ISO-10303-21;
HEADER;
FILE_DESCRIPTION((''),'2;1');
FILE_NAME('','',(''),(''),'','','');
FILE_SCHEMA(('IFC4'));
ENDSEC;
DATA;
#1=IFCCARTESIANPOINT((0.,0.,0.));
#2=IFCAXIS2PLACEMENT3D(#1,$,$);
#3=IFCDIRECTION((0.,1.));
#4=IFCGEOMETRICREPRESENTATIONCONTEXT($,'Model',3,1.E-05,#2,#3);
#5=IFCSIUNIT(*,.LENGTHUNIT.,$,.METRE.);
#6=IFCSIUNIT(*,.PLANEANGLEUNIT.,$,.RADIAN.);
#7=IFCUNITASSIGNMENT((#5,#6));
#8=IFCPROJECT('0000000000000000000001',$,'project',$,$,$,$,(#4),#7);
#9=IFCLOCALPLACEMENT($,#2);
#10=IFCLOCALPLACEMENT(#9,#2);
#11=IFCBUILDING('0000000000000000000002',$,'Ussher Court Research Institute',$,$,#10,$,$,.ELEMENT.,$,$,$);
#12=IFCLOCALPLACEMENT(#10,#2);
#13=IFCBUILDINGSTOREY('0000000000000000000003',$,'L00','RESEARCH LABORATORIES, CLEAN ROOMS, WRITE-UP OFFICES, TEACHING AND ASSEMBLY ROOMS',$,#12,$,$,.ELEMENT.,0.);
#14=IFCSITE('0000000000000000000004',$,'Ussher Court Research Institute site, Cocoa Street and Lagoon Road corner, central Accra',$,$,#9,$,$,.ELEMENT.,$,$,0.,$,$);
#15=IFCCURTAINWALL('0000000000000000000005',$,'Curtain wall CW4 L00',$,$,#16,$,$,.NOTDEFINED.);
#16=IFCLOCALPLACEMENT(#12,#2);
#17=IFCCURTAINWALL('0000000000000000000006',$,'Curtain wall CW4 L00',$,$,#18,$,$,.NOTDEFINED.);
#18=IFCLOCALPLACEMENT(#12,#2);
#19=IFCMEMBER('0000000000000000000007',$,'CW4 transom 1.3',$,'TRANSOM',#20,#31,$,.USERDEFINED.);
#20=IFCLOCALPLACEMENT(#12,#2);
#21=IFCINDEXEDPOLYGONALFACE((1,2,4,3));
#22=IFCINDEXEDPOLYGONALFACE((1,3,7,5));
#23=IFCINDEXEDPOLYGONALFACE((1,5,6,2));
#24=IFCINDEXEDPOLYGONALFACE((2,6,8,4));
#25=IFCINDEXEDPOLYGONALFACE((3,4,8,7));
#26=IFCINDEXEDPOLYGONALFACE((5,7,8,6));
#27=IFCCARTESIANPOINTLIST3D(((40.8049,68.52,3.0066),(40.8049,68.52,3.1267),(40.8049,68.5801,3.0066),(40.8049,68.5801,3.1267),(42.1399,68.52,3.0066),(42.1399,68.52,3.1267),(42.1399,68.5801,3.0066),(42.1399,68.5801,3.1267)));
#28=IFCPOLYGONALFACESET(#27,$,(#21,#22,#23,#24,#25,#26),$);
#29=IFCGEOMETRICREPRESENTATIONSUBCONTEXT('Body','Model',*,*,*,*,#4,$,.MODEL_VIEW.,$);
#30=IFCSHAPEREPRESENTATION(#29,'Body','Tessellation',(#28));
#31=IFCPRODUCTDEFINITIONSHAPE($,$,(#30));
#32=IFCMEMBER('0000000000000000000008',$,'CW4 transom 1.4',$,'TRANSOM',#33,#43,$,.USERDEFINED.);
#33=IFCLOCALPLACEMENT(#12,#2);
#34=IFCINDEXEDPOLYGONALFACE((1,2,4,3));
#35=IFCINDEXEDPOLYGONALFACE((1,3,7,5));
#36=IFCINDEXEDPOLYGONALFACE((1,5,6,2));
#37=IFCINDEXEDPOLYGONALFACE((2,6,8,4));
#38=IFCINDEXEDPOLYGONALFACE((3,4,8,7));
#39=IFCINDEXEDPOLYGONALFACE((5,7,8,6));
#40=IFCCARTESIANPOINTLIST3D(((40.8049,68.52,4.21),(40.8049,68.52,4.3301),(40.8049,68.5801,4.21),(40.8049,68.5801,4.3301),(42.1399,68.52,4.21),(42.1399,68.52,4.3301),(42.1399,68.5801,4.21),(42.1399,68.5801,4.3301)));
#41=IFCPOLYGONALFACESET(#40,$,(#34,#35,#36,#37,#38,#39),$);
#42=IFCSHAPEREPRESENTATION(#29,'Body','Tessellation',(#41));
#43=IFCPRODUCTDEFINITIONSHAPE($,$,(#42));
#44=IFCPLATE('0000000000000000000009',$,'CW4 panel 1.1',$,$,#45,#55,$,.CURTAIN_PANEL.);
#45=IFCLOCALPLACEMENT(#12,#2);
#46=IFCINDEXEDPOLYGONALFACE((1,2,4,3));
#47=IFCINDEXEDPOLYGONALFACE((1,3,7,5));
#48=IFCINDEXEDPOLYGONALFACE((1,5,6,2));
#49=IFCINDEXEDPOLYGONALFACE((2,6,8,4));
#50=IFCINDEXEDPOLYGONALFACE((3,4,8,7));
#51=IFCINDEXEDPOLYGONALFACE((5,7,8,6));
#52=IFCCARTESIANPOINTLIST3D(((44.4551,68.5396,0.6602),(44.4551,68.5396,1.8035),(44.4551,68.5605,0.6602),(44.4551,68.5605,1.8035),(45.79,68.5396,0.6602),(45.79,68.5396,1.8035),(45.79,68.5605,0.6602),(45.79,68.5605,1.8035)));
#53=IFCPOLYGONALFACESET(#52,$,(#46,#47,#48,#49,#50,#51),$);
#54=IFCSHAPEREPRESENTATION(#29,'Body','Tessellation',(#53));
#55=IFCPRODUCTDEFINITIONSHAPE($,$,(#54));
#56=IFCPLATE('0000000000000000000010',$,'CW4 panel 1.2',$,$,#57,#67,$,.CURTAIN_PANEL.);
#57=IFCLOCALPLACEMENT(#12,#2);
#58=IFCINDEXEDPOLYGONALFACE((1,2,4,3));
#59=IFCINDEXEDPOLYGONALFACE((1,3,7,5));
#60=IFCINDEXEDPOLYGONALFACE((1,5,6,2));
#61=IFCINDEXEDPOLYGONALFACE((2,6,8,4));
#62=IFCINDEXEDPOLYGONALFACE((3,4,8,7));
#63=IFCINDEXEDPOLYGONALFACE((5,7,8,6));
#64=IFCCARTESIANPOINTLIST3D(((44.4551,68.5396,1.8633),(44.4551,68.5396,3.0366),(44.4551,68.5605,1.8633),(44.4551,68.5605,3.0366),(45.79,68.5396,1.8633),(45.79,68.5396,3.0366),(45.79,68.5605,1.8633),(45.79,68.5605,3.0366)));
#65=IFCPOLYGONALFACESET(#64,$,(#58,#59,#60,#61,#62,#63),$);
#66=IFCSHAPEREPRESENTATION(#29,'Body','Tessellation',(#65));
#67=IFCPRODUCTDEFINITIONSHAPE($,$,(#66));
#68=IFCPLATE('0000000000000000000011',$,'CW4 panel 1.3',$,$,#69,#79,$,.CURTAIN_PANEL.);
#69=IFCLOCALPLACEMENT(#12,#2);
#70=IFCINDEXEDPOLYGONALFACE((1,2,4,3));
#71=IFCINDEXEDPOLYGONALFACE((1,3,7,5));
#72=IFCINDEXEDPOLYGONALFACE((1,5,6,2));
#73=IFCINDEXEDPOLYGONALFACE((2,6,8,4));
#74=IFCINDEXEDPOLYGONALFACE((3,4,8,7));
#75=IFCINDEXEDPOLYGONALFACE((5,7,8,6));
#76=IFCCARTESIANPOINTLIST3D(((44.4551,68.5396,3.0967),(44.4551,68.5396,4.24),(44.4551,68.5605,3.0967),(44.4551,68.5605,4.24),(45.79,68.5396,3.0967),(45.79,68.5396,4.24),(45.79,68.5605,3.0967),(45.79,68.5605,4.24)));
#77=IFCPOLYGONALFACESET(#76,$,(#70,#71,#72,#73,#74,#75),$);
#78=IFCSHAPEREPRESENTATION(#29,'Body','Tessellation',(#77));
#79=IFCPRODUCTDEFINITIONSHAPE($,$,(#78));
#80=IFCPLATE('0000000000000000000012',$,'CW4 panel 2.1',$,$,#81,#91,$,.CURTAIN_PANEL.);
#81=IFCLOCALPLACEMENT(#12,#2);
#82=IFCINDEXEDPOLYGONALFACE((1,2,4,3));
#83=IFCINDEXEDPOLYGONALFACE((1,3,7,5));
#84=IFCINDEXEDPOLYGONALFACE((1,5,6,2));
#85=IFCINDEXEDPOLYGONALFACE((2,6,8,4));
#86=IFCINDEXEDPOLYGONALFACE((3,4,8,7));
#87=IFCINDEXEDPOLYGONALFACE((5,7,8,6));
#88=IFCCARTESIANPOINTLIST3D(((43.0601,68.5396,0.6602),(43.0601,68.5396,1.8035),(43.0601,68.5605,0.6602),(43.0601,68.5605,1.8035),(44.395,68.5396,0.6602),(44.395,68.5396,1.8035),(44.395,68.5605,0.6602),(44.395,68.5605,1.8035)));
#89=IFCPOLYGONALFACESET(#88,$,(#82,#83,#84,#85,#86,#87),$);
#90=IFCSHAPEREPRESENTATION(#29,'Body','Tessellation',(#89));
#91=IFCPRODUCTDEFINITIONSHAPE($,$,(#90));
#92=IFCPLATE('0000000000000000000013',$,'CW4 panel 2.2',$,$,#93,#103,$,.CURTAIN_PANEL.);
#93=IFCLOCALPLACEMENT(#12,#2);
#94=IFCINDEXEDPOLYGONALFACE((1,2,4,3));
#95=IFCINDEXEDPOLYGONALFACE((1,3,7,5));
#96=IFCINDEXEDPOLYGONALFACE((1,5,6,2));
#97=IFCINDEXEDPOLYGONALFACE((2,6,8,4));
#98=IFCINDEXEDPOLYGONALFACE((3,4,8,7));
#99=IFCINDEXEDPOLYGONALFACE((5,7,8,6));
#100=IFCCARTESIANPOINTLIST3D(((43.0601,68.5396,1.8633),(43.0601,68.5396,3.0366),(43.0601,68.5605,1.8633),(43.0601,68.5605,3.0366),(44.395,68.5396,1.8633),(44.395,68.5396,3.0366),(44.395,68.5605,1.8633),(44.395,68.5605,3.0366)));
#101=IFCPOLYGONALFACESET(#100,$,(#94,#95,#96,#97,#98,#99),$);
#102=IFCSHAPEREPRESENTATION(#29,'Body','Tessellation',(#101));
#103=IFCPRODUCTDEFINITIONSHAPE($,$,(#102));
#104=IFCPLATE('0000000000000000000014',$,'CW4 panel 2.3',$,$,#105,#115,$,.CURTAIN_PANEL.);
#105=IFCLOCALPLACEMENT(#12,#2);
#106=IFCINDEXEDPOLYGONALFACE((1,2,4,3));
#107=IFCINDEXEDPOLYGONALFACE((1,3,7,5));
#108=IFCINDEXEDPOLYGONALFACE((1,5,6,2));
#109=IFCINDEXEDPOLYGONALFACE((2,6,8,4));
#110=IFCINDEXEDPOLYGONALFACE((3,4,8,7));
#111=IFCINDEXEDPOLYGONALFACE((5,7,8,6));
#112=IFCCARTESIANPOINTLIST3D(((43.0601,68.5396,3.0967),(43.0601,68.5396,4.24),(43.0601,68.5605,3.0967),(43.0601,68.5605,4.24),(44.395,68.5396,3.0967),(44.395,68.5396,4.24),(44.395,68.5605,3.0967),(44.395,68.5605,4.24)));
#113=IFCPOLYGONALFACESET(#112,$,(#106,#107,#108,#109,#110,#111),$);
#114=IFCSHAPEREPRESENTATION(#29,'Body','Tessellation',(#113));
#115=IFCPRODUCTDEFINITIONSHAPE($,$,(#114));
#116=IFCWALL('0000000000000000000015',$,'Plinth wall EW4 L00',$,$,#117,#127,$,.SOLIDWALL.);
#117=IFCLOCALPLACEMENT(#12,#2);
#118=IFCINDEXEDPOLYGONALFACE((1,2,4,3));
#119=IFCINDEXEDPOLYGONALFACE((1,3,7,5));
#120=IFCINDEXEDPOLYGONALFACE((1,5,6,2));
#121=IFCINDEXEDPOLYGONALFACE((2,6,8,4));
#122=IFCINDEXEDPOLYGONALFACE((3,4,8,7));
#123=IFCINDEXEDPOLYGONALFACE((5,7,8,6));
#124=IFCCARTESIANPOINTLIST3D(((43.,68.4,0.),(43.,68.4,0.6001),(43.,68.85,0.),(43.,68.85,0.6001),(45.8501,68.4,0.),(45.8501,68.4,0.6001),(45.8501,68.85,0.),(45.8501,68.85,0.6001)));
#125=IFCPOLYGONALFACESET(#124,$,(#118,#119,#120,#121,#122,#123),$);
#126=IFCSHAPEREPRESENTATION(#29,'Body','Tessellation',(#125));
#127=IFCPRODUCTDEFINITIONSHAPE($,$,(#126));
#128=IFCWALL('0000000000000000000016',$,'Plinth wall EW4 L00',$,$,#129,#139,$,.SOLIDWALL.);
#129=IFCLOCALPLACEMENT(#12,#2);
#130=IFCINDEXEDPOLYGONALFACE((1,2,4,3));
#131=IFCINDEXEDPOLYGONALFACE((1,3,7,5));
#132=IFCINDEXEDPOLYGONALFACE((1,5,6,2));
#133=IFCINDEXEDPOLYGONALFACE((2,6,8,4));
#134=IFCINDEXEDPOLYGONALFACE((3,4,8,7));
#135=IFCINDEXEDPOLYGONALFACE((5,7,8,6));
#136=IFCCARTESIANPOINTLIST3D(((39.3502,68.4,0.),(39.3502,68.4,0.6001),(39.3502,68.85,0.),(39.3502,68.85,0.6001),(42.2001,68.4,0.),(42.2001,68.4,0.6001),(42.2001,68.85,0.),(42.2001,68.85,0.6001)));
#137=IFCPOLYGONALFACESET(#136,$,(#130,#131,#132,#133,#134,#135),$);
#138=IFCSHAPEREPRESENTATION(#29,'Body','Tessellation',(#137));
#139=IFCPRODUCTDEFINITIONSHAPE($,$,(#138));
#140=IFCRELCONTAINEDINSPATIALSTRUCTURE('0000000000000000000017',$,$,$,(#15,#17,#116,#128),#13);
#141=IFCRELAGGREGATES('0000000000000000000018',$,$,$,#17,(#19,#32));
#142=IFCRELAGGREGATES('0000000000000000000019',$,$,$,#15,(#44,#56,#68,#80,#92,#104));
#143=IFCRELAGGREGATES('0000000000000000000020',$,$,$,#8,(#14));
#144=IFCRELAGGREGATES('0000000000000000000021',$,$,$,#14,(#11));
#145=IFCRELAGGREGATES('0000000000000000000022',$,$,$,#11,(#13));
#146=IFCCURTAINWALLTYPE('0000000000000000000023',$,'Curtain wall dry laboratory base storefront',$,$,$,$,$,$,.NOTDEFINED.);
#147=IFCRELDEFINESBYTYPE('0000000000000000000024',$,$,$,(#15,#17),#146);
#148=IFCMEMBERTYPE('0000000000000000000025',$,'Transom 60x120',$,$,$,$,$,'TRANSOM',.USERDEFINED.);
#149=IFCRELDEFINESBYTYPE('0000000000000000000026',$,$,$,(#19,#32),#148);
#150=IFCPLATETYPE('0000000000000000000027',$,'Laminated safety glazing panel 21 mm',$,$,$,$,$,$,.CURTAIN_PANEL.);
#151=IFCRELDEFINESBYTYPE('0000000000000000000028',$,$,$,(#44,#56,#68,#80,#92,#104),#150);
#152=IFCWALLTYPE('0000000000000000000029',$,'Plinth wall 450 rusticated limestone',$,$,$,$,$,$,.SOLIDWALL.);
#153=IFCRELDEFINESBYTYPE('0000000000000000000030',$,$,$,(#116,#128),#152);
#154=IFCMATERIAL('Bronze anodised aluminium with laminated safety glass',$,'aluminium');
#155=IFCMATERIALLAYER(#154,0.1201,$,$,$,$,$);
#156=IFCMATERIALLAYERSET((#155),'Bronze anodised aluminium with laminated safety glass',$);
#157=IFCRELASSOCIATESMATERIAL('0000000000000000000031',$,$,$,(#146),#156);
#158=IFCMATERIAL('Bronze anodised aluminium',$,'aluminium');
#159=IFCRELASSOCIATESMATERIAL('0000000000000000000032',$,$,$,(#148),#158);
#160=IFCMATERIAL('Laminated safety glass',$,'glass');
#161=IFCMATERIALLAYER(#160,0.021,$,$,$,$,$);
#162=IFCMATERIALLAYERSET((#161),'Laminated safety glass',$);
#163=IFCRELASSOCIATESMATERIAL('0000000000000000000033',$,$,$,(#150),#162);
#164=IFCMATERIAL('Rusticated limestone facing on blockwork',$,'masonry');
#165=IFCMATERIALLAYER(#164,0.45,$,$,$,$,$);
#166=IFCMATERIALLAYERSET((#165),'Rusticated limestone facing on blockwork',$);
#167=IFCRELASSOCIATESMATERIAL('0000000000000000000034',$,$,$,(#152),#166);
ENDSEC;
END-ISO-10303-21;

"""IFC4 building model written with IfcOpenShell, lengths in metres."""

from ifc_helpers import new_model, si_unit, direction, frame, frame_2d, origin, origin_2d, place, context, subcontext, project, spatial, rectangle, extrude, material, layer, layer_set, material_profile, profile_set, type_object, element, aggregate, save


model = new_model("IFC4")

# Units and contexts
model_context = context("Model", 3, precision=1e-05, world=origin(), true_north=direction((0.0, 1.0)))
body_context = subcontext(model_context, "Body", "Model", "MODEL_VIEW")
ifc_project = project(units=[si_unit("LENGTHUNIT", "METRE"), si_unit("PLANEANGLEUNIT", "RADIAN")], contexts=[model_context])

# Site, building, storey
site_placement = place(None, origin())
site = spatial("IfcSite", under=ifc_project, at=site_placement, Name="Ussher Court Research Institute site, Cocoa Street and Lagoon Road corner, central Accra", CompositionType="ELEMENT", RefElevation=0.0)
building_placement = place(site_placement, origin())
building = spatial("IfcBuilding", under=site, at=building_placement, Name="Ussher Court Research Institute", CompositionType="ELEMENT")
storey_placement = place(building_placement, origin())
storey = spatial("IfcBuildingStorey", under=building, at=storey_placement, Name="L00", Description="RESEARCH LABORATORIES, CLEAN ROOMS, WRITE-UP OFFICES, TEACHING AND ASSEMBLY ROOMS", CompositionType="ELEMENT", Elevation=0.0)

# Curtain wall
ifc_material_1 = material(Name="Bronze anodised aluminium with laminated safety glass", Category="aluminium")
ifc_layer_1 = layer(ifc_material_1, 0.1201)
ifc_layer_set_1 = layer_set([ifc_layer_1], Name="Bronze anodised aluminium with laminated safety glass")
curtain_wall_type = type_object("IfcCurtainWallType", Name="Curtain wall dry laboratory base storefront", PredefinedType="NOTDEFINED", material=ifc_layer_set_1)
curtain_wall_1_placement = place(storey_placement, origin())
curtain_wall_1 = element("IfcCurtainWall", 1, at=curtain_wall_1_placement, inside=storey, type_object=curtain_wall_type, Name="Curtain wall CW4 L00", PredefinedType="NOTDEFINED")

# Curtain wall
curtain_wall_2_placement = place(storey_placement, origin())
curtain_wall_2 = element("IfcCurtainWall", 2, at=curtain_wall_2_placement, inside=storey, type_object=curtain_wall_type, Name="Curtain wall CW4 L00", PredefinedType="NOTDEFINED")

# Members
ifc_material_2 = material(Name="Bronze anodised aluminium", Category="aluminium")
ifc_material_profile_1 = material_profile(ifc_material_2, rectangle(XDim=0.0601, YDim=0.1201, at=origin_2d()), Name="Transom 60x120")
ifc_profile_set_1 = profile_set([ifc_material_profile_1], Name="Bronze anodised aluminium")
member_type_1 = type_object("IfcMemberType", Name="Transom 60x120", ElementType="TRANSOM", PredefinedType="USERDEFINED", material=ifc_profile_set_1)
member_1_placement = place(storey_placement, frame((42.1399, 68.55, 3.0667), z_axis=(-1.0, 0.0, 0.0), x_axis=(0.0, -1.0, 0.0)))
member_1 = element("IfcMember", 3, at=member_1_placement, type_object=member_type_1, Name="CW4 transom 1.3", ObjectType="TRANSOM", PredefinedType="USERDEFINED", context=body_context, shape_type="SweptSolid", body=[
    extrude(rectangle(XDim=0.0601, YDim=0.1201, at=origin_2d()), origin(), (0.0, 0.0, 1.0), 1.335),
])
member_2_placement = place(storey_placement, frame((42.1399, 68.55, 4.27), z_axis=(-1.0, 0.0, 0.0), x_axis=(0.0, -1.0, 0.0)))
member_2 = element("IfcMember", 4, at=member_2_placement, type_object=member_type_1, Name="CW4 transom 1.4", ObjectType="TRANSOM", PredefinedType="USERDEFINED", context=body_context, shape_type="SweptSolid", body=[
    extrude(rectangle(XDim=0.0601, YDim=0.1201, at=origin_2d()), origin(), (0.0, 0.0, 1.0), 1.335),
])
aggregate(curtain_wall_2, [member_1, member_2])

# Plates
ifc_material_3 = material(Name="Laminated safety glass", Category="glass")
ifc_layer_2 = layer(ifc_material_3, 0.021)
ifc_layer_set_2 = layer_set([ifc_layer_2], Name="Laminated safety glass")
plate_type = type_object("IfcPlateType", Name="Laminated safety glazing panel 21 mm", PredefinedType="CURTAIN_PANEL", material=ifc_layer_set_2)
plate_1_placement = place(storey_placement, frame((45.1226, 68.55, 0.6602), z_axis=(0.0, 0.0, 1.0), x_axis=(-1.0, 0.0, 0.0)))
plate_1 = element("IfcPlate", 5, at=plate_1_placement, type_object=plate_type, Name="CW4 panel 1.1", PredefinedType="CURTAIN_PANEL", context=body_context, shape_type="SweptSolid", body=[
    extrude(rectangle(XDim=1.335, YDim=0.021, at=origin_2d()), origin(), (0.0, 0.0, 1.0), 1.1433),
])
plate_2_placement = place(storey_placement, frame((45.1226, 68.55, 1.8633), z_axis=(0.0, 0.0, 1.0), x_axis=(-1.0, 0.0, 0.0)))
plate_2 = element("IfcPlate", 6, at=plate_2_placement, type_object=plate_type, Name="CW4 panel 1.2", PredefinedType="CURTAIN_PANEL", context=body_context, shape_type="SweptSolid", body=[
    extrude(rectangle(XDim=1.335, YDim=0.021, at=origin_2d()), origin(), (0.0, 0.0, 1.0), 1.1733),
])
plate_3_placement = place(storey_placement, frame((45.1226, 68.55, 3.0967), z_axis=(0.0, 0.0, 1.0), x_axis=(-1.0, 0.0, 0.0)))
plate_3 = element("IfcPlate", 7, at=plate_3_placement, type_object=plate_type, Name="CW4 panel 1.3", PredefinedType="CURTAIN_PANEL", context=body_context, shape_type="SweptSolid", body=[
    extrude(rectangle(XDim=1.335, YDim=0.021, at=origin_2d()), origin(), (0.0, 0.0, 1.0), 1.1433),
])
plate_4_placement = place(storey_placement, frame((43.7275, 68.55, 0.6602), z_axis=(0.0, 0.0, 1.0), x_axis=(-1.0, 0.0, 0.0)))
plate_4 = element("IfcPlate", 8, at=plate_4_placement, type_object=plate_type, Name="CW4 panel 2.1", PredefinedType="CURTAIN_PANEL", context=body_context, shape_type="SweptSolid", body=[
    extrude(rectangle(XDim=1.335, YDim=0.021, at=origin_2d()), origin(), (0.0, 0.0, 1.0), 1.1433),
])
plate_5_placement = place(storey_placement, frame((43.7275, 68.55, 1.8633), z_axis=(0.0, 0.0, 1.0), x_axis=(-1.0, 0.0, 0.0)))
plate_5 = element("IfcPlate", 9, at=plate_5_placement, type_object=plate_type, Name="CW4 panel 2.2", PredefinedType="CURTAIN_PANEL", context=body_context, shape_type="SweptSolid", body=[
    extrude(rectangle(XDim=1.335, YDim=0.021, at=origin_2d()), origin(), (0.0, 0.0, 1.0), 1.1733),
])
plate_6_placement = place(storey_placement, frame((43.7275, 68.55, 3.0967), z_axis=(0.0, 0.0, 1.0), x_axis=(-1.0, 0.0, 0.0)))
plate_6 = element("IfcPlate", 10, at=plate_6_placement, type_object=plate_type, Name="CW4 panel 2.3", PredefinedType="CURTAIN_PANEL", context=body_context, shape_type="SweptSolid", body=[
    extrude(rectangle(XDim=1.335, YDim=0.021, at=origin_2d()), origin(), (0.0, 0.0, 1.0), 1.1433),
])
aggregate(curtain_wall_1, [plate_1, plate_2, plate_3, plate_4, plate_5, plate_6])

# Walls
ifc_material_4 = material(Name="Rusticated limestone facing on blockwork", Category="masonry")
ifc_layer_3 = layer(ifc_material_4, 0.45)
ifc_layer_set_3 = layer_set([ifc_layer_3], Name="Rusticated limestone facing on blockwork")
wall_type = type_object("IfcWallType", Name="Plinth wall 450 rusticated limestone", PredefinedType="SOLIDWALL", material=ifc_layer_set_3)
wall_1_placement = place(storey_placement, frame((45.8501, 68.625, 0.0), z_axis=(0.0, 0.0, 1.0), x_axis=(-1.0, 0.0, 0.0)))
element("IfcWall", 11, at=wall_1_placement, inside=storey, type_object=wall_type, Name="Plinth wall EW4 L00", PredefinedType="SOLIDWALL", context=body_context, shape_type="SweptSolid", body=[
    extrude(rectangle(XDim=2.8501, YDim=0.45, at=frame_2d((1.425, 0.0))), origin(), (0.0, 0.0, 1.0), 0.6001),
])
wall_2_placement = place(storey_placement, frame((42.2, 68.625, 0.0), z_axis=(0.0, 0.0, 1.0), x_axis=(-1.0, 0.0, 0.0)))
element("IfcWall", 12, at=wall_2_placement, inside=storey, type_object=wall_type, Name="Plinth wall EW4 L00", PredefinedType="SOLIDWALL", context=body_context, shape_type="SweptSolid", body=[
    extrude(rectangle(XDim=2.8499, YDim=0.45, at=frame_2d((1.4248, 0.0))), origin(), (0.0, 0.0, 1.0), 0.6001),
])

save(model, "model.ifc")
